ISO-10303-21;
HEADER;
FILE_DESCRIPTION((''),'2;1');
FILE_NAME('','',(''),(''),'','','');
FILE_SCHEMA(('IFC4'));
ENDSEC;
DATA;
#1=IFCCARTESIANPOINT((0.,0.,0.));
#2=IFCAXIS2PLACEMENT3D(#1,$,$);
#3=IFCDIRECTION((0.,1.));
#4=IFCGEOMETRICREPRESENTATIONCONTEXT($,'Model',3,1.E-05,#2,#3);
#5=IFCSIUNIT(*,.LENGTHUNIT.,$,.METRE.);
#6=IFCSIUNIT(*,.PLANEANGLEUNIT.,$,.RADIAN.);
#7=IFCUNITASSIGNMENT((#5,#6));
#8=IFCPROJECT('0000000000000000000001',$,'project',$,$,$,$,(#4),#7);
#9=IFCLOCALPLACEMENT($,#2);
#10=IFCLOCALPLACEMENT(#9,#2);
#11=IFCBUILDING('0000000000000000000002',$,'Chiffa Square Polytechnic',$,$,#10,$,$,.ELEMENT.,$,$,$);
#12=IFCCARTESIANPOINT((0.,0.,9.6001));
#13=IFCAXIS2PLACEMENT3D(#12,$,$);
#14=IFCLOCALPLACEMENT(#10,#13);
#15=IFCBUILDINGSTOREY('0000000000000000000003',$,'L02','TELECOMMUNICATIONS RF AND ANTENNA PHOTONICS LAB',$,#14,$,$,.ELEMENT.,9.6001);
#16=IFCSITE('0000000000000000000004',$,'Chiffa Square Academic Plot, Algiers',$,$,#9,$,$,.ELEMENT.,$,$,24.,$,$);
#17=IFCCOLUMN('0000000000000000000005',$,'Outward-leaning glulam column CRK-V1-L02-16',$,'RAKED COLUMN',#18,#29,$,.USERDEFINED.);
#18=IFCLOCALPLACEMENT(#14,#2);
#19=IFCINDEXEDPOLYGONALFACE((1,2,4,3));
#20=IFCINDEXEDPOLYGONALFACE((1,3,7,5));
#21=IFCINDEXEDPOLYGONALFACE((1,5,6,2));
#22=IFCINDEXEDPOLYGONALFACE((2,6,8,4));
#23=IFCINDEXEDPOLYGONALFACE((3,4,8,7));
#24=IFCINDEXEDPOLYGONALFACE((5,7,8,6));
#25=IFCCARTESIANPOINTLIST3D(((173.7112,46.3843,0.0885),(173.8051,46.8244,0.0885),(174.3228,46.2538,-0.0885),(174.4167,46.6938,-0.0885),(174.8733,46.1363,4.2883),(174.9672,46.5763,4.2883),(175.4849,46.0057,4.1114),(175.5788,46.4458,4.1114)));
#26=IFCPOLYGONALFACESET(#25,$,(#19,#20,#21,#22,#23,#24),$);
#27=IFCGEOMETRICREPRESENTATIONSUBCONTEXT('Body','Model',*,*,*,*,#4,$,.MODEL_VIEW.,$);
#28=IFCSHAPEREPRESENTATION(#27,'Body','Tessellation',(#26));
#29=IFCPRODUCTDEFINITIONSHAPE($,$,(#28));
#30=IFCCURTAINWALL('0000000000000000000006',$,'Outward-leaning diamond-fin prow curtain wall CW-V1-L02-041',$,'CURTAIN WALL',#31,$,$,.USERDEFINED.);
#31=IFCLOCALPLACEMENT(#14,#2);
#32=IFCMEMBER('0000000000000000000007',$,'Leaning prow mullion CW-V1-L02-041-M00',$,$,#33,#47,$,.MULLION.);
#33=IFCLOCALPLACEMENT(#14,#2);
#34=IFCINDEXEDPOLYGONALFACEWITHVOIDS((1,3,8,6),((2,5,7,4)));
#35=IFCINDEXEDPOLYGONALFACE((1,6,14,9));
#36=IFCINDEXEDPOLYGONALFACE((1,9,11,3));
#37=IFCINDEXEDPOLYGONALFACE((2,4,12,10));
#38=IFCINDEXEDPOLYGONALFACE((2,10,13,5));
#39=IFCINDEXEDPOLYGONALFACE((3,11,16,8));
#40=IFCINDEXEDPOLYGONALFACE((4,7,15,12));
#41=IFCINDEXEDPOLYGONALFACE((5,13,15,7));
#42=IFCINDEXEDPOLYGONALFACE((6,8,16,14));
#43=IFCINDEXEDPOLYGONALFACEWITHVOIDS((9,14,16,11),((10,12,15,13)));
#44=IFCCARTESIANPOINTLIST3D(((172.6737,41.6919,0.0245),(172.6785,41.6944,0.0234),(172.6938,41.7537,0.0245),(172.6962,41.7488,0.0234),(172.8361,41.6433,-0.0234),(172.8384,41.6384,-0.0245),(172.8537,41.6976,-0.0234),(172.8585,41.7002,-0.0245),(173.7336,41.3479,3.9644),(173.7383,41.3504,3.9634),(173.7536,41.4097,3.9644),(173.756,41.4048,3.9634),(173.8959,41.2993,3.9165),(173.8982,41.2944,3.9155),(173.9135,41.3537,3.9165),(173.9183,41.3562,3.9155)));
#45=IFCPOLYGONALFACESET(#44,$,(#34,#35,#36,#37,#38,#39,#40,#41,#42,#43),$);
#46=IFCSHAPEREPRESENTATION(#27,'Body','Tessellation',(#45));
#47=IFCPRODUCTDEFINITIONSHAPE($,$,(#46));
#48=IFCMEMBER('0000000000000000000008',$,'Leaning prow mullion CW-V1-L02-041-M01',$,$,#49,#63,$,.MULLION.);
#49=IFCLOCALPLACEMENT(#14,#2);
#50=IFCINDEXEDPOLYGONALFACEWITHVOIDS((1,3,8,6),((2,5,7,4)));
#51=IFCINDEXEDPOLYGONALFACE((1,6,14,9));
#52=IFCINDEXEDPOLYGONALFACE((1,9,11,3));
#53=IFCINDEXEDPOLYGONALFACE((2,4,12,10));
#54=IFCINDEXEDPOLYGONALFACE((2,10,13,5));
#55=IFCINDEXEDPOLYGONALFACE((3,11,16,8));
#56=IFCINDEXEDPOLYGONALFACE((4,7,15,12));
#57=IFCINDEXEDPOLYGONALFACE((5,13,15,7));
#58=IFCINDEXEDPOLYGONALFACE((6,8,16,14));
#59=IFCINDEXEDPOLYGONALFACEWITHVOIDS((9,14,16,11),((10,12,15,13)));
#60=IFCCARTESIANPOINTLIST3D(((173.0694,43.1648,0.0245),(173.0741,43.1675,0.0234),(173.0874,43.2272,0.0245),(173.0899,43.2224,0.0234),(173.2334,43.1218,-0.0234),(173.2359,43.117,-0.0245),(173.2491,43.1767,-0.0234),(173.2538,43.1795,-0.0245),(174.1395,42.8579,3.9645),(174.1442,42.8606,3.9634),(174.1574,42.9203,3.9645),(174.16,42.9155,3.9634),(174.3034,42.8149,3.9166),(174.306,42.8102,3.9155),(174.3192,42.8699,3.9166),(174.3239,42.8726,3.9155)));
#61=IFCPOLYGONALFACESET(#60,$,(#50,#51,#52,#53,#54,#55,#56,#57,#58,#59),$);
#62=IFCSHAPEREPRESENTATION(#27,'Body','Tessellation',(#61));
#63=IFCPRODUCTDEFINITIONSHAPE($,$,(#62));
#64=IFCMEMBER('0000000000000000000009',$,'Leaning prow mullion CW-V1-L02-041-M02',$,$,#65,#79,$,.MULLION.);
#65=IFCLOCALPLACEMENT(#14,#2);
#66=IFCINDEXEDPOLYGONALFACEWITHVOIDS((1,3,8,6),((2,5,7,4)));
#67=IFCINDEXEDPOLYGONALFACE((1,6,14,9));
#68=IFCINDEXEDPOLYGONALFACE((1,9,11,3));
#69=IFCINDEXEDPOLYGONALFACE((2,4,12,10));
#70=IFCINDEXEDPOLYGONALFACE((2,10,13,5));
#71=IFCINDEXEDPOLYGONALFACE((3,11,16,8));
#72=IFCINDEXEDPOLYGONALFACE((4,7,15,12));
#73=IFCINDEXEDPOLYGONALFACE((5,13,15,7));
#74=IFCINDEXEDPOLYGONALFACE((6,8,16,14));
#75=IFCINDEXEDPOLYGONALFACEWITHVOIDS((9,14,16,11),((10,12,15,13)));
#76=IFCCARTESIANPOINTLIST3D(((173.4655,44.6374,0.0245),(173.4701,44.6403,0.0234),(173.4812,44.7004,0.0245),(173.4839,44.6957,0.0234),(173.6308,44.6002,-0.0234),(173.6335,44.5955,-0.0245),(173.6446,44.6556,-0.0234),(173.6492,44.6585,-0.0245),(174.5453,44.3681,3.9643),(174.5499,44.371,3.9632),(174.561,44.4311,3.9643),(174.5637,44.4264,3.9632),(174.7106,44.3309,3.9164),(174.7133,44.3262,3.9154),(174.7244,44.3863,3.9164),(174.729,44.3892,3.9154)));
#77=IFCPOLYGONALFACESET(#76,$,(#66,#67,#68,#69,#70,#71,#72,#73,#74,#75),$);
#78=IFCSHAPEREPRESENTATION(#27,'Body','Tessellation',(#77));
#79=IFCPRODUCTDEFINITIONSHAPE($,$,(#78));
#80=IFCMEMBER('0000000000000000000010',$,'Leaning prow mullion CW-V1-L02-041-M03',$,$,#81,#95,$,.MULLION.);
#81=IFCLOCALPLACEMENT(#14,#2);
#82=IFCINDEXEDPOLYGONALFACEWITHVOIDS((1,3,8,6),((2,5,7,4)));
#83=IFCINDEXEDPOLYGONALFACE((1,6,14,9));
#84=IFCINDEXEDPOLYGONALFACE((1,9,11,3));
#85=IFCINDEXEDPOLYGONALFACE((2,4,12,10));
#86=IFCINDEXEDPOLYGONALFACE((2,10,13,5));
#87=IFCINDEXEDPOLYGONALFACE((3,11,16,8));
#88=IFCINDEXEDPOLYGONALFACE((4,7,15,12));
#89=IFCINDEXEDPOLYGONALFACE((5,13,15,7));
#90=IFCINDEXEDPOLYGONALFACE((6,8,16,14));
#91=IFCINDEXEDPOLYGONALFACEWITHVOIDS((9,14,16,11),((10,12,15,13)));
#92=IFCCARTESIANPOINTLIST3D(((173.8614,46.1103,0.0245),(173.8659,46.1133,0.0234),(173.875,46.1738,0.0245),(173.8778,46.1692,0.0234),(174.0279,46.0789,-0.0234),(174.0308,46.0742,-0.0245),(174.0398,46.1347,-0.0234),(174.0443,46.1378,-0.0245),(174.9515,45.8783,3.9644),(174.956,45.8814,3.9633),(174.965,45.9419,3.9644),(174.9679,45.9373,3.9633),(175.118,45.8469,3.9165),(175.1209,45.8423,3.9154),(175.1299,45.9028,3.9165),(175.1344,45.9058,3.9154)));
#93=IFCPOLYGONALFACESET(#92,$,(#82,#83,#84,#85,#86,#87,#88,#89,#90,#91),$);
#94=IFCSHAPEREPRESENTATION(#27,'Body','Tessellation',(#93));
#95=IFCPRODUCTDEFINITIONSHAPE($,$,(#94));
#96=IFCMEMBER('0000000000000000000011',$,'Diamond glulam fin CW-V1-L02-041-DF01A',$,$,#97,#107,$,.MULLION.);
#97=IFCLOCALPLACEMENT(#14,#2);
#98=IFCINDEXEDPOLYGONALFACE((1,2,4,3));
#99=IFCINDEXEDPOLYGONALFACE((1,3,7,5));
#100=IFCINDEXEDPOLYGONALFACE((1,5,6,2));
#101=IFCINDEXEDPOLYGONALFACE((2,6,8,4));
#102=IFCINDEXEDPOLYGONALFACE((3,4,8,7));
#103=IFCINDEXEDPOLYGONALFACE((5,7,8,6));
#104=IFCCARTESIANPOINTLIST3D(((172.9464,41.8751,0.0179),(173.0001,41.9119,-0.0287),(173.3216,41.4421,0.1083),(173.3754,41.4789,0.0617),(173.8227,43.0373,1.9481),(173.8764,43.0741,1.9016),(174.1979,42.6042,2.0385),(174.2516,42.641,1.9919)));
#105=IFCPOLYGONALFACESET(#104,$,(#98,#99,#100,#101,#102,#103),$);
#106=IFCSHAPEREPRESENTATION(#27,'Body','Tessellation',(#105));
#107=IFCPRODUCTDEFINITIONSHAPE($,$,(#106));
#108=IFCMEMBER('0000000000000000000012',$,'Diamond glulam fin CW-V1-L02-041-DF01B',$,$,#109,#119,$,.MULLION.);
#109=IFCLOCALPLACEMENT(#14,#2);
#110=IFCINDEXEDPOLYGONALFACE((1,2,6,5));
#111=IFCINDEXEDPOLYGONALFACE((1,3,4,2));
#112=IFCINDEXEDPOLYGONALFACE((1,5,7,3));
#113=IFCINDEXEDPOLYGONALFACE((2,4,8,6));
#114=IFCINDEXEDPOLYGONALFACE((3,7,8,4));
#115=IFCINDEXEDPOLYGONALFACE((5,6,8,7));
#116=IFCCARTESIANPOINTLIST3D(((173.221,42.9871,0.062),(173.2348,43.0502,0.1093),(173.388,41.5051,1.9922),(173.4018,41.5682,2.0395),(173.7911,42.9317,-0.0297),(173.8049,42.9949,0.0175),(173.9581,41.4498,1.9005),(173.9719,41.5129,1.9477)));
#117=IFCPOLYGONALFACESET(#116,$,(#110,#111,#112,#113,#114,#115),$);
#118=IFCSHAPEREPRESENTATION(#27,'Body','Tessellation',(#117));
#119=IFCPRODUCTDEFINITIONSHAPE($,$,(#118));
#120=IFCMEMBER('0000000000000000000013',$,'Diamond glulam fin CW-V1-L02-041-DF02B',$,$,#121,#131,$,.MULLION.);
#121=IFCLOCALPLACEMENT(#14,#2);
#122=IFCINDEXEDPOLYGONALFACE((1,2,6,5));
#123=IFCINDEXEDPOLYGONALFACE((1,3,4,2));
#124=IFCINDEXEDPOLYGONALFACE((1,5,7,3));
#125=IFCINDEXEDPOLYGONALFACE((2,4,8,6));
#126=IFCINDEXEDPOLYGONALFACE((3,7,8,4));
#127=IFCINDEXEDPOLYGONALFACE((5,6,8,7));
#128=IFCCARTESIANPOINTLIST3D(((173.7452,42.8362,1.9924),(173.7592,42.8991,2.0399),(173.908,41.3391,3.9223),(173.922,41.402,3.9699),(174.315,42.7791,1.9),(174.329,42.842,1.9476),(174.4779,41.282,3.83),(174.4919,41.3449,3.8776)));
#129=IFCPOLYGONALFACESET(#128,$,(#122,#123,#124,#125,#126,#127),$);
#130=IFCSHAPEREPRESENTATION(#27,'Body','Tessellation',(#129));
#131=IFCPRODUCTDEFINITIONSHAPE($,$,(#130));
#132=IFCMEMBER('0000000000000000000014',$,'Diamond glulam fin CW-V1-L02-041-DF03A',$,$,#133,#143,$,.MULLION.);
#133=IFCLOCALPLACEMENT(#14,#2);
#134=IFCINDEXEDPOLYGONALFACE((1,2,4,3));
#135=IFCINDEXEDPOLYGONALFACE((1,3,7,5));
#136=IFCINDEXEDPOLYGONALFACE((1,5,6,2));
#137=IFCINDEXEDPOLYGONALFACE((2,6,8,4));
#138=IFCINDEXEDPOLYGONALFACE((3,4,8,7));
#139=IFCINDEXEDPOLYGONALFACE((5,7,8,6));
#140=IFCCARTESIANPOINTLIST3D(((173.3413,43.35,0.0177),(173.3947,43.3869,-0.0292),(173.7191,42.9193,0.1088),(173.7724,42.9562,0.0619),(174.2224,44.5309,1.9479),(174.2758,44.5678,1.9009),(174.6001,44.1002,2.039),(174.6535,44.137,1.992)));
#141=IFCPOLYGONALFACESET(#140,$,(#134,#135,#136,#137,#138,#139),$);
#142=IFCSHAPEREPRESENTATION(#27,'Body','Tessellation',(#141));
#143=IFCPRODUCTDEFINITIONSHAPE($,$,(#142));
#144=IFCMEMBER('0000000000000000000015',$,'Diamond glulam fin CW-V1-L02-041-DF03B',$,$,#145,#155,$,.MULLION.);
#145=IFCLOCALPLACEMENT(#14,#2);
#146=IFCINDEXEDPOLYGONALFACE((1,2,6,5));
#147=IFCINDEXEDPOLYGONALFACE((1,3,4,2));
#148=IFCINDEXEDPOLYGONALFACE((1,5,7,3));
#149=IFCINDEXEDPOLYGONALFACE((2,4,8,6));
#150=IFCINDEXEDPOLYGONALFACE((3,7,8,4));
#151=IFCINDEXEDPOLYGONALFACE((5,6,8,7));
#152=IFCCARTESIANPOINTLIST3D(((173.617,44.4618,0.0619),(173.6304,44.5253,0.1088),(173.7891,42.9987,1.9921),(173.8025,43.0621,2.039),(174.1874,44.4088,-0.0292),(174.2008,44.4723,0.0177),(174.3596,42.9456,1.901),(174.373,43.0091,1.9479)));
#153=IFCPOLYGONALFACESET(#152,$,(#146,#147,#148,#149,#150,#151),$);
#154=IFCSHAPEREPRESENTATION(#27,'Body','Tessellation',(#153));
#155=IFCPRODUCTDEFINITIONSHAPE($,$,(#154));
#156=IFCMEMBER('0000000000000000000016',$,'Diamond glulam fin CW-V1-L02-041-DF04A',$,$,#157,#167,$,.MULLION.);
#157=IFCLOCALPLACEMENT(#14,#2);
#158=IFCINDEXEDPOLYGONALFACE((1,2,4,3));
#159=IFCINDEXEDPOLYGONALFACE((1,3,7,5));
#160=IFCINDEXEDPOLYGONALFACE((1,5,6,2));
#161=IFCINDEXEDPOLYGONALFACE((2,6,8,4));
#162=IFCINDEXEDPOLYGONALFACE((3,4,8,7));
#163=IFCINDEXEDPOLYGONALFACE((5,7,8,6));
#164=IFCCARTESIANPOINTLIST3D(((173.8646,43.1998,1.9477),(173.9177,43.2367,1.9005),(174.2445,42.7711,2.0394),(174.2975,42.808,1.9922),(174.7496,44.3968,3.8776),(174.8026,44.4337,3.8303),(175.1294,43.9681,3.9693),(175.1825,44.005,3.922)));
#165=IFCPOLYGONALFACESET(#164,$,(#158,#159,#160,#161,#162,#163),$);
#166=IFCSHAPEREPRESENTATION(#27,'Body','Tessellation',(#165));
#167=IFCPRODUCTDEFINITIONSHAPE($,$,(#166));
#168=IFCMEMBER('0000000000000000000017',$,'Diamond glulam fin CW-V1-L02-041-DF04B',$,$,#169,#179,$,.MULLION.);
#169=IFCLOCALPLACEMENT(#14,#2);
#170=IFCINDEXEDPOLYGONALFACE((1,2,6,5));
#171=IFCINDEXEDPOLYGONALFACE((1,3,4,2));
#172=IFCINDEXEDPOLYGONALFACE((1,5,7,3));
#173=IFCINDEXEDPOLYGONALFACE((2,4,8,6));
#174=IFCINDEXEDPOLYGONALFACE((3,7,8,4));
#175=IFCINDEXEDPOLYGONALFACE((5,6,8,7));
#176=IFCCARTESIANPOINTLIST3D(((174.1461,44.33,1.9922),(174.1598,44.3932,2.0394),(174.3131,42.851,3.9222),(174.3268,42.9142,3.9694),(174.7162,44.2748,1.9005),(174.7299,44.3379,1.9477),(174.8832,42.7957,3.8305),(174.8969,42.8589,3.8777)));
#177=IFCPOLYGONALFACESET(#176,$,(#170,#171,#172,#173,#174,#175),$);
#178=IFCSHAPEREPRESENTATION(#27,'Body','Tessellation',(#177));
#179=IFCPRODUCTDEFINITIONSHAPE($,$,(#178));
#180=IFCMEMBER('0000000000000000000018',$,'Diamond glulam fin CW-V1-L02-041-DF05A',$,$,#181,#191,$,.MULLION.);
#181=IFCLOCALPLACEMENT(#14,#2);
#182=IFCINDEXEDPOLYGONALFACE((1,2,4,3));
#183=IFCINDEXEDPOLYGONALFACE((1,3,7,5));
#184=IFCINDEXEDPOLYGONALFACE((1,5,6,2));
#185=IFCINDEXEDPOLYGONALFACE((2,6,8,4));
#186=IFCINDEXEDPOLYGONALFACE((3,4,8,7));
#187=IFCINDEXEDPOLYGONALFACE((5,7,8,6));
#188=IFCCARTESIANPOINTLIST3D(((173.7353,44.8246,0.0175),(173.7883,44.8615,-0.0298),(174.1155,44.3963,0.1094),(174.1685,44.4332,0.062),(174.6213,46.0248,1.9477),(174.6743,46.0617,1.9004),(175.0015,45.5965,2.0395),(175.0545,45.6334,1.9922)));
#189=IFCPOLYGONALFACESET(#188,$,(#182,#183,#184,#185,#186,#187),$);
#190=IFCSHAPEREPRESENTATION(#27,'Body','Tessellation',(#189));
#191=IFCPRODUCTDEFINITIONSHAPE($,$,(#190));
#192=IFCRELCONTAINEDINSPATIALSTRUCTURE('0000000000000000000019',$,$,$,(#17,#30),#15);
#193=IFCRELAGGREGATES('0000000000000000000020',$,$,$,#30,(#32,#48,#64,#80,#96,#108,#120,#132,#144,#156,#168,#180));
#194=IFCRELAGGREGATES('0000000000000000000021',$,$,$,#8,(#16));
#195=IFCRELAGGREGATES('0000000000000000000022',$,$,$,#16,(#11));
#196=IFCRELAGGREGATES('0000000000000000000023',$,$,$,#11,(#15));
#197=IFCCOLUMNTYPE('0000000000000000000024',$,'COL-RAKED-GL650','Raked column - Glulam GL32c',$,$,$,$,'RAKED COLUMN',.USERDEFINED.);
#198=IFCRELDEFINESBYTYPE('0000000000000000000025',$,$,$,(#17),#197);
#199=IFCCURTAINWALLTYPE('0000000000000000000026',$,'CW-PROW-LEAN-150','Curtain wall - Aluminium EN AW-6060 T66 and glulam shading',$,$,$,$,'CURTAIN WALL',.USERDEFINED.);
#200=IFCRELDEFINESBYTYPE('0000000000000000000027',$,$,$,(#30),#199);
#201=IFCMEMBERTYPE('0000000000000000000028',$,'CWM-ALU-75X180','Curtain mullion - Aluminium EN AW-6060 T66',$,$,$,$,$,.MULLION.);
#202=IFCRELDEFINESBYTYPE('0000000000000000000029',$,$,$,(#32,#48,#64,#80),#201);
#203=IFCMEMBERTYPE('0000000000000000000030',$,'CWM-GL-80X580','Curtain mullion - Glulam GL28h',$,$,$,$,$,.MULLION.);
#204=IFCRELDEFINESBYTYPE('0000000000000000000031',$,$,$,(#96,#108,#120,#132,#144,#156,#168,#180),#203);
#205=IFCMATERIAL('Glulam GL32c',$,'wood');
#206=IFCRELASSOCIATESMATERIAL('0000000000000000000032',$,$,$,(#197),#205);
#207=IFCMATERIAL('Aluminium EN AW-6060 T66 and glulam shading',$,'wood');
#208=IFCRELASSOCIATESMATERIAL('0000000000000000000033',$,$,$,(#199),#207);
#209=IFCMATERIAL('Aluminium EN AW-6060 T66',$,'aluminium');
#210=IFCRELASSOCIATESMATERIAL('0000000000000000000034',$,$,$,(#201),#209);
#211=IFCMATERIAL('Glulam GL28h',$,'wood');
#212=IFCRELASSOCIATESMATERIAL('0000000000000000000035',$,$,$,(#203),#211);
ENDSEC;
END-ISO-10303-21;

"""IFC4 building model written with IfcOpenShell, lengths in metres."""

from ifc_helpers import new_model, si_unit, direction, frame, origin, origin_2d, place, context, subcontext, project, spatial, rectangle, hollow_rectangle, extrude, material, material_profile, profile_set, type_object, element, aggregate, save


model = new_model("IFC4")

# Units and contexts
model_context = context("Model", 3, precision=1e-05, world=origin(), true_north=direction((0.0, 1.0)))
body_context = subcontext(model_context, "Body", "Model", "MODEL_VIEW")
ifc_project = project(units=[si_unit("LENGTHUNIT", "METRE"), si_unit("PLANEANGLEUNIT", "RADIAN")], contexts=[model_context])

# Site, building, storey
site_placement = place(None, origin())
site = spatial("IfcSite", under=ifc_project, at=site_placement, Name="Chiffa Square Academic Plot, Algiers", CompositionType="ELEMENT", RefElevation=24.0)
building_placement = place(site_placement, origin())
building = spatial("IfcBuilding", under=site, at=building_placement, Name="Chiffa Square Polytechnic", CompositionType="ELEMENT")
storey_placement = place(building_placement, frame((0.0, 0.0, 9.6001)))
storey = spatial("IfcBuildingStorey", under=building, at=storey_placement, Name="L02", Description="TELECOMMUNICATIONS RF AND ANTENNA PHOTONICS LAB", CompositionType="ELEMENT", Elevation=9.6001)

# Column
ifc_material_1 = material(Name="Glulam GL32c", Category="wood")
ifc_material_profile_1 = material_profile(ifc_material_1, rectangle(XDim=0.45, YDim=0.6499, at=origin_2d()), Name="GL32c 450x650")
ifc_profile_set_1 = profile_set([ifc_material_profile_1], Name="Glulam GL32c")
column_type = type_object("IfcColumnType", Name="COL-RAKED-GL650", Description="Raked column - Glulam GL32c", ElementType="RAKED COLUMN", PredefinedType="USERDEFINED", material=ifc_profile_set_1)
column_placement = place(storey_placement, frame((174.064, 46.5391, 0.0), z_axis=(0.266245, -0.056829, 0.962229), x_axis=(0.208743, 0.97797, 0.0)))
element("IfcColumn", 1, at=column_placement, inside=storey, type_object=column_type, Name="Outward-leaning glulam column CRK-V1-L02-16", ObjectType="RAKED COLUMN", PredefinedType="USERDEFINED", context=body_context, shape_type="SweptSolid", body=[
    extrude(rectangle(XDim=0.45, YDim=0.6499, at=origin_2d()), origin(), (0.0, 0.0, 1.0), 4.3647),
])

# Curtain wall, members
ifc_material_2 = material(Name="Aluminium EN AW-6060 T66 and glulam shading", Category="wood")
curtain_wall_type_1 = type_object("IfcCurtainWallType", Name="CW-PROW-LEAN-150", Description="Curtain wall - Aluminium EN AW-6060 T66 and glulam shading", ElementType="CURTAIN WALL", PredefinedType="USERDEFINED", material=ifc_material_2)
curtain_wall_1_placement = place(storey_placement, origin())
curtain_wall_1 = element("IfcCurtainWall", 2, at=curtain_wall_1_placement, inside=storey, type_object=curtain_wall_type_1, Name="Outward-leaning diamond-fin prow curtain wall CW-V1-L02-041", ObjectType="CURTAIN WALL", PredefinedType="USERDEFINED")
ifc_material_3 = material(Name="Aluminium EN AW-6060 T66", Category="aluminium")
ifc_material_profile_2 = material_profile(ifc_material_3, hollow_rectangle(XDim=0.0649, YDim=0.1799, WallThickness=0.0039, at=origin_2d()), Name="ALU 65x180x4")
ifc_profile_set_2 = profile_set([ifc_material_profile_2], Name="Aluminium EN AW-6060 T66")
member_type_1 = type_object("IfcMemberType", Name="CWM-ALU-75X180", Description="Curtain mullion - Aluminium EN AW-6060 T66", PredefinedType="MULLION", material=ifc_profile_set_2)
member_1_placement = place(storey_placement, frame((172.7661, 41.696, 0.0), z_axis=(0.258841, -0.084014, 0.962259), x_axis=(0.308724, 0.951152, 0.0)))
member_1 = element("IfcMember", 3, at=member_1_placement, type_object=member_type_1, Name="Leaning prow mullion CW-V1-L02-041-M00", PredefinedType="MULLION", context=body_context, shape_type="SweptSolid", body=[
    extrude(hollow_rectangle(XDim=0.0649, YDim=0.1799, WallThickness=0.0039, at=origin_2d()), origin(), (0.0, 0.0, 1.0), 4.0945),
])
member_2_placement = place(storey_placement, frame((173.1616, 43.1721, 0.0), z_axis=(0.261363, -0.074956, 0.962326), x_axis=(0.275677, 0.96125, 0.0)))
member_2 = element("IfcMember", 4, at=member_2_placement, type_object=member_type_1, Name="Leaning prow mullion CW-V1-L02-041-M01", PredefinedType="MULLION", context=body_context, shape_type="SweptSolid", body=[
    extrude(hollow_rectangle(XDim=0.0649, YDim=0.1799, WallThickness=0.0039, at=origin_2d()), origin(), (0.0, 0.0, 1.0), 4.0942),
])
member_3_placement = place(storey_placement, frame((173.5574, 44.6479, 0.0), z_axis=(0.263753, -0.065774, 0.962345), x_axis=(0.241968, 0.970284, 0.0)))
member_3 = element("IfcMember", 5, at=member_3_placement, type_object=member_type_1, Name="Leaning prow mullion CW-V1-L02-041-M02", PredefinedType="MULLION", context=body_context, shape_type="SweptSolid", body=[
    extrude(hollow_rectangle(XDim=0.0649, YDim=0.1799, WallThickness=0.0039, at=origin_2d()), origin(), (0.0, 0.0, 1.0), 4.094),
])
member_4_placement = place(storey_placement, frame((173.9529, 46.124, 0.0), z_axis=(0.26623, -0.056645, 0.962244), x_axis=(0.208108, 0.978106, 0.0)))
member_4 = element("IfcMember", 6, at=member_4_placement, type_object=member_type_1, Name="Leaning prow mullion CW-V1-L02-041-M03", PredefinedType="MULLION", context=body_context, shape_type="SweptSolid", body=[
    extrude(hollow_rectangle(XDim=0.0649, YDim=0.1799, WallThickness=0.0039, at=origin_2d()), origin(), (0.0, 0.0, 1.0), 4.0945),
])
ifc_material_4 = material(Name="Glulam GL28h", Category="wood")
ifc_material_profile_3 = material_profile(ifc_material_4, rectangle(XDim=0.0801, YDim=0.5801, at=origin_2d()), Name="GL28h 80x580")
ifc_profile_set_3 = profile_set([ifc_material_profile_3], Name="Glulam GL28h")
member_type_2 = type_object("IfcMemberType", Name="CWM-GL-80X580", Description="Curtain mullion - Glulam GL28h", PredefinedType="MULLION", material=ifc_profile_set_3)
member_5_placement = place(storey_placement, frame((173.1609, 41.677, 0.0398), z_axis=(0.362464, 0.480726, 0.79845), x_axis=(-0.670976, -0.459994, 0.581546)))
member_5 = element("IfcMember", 7, at=member_5_placement, type_object=member_type_2, Name="Diamond glulam fin CW-V1-L02-041-DF01A", PredefinedType="MULLION", context=body_context, shape_type="SweptSolid", body=[
    extrude(rectangle(XDim=0.0801, YDim=0.5801, at=origin_2d()), origin(), (0.0, 0.0, 1.0), 2.4175),
])
member_6_placement = place(storey_placement, frame((173.5129, 42.991, 0.0398), z_axis=(0.068462, -0.607554, 0.791322), x_axis=(0.171601, 0.788533, 0.590567)))
member_6 = element("IfcMember", 8, at=member_6_placement, type_object=member_type_2, Name="Diamond glulam fin CW-V1-L02-041-DF01B", PredefinedType="MULLION", context=body_context, shape_type="SweptSolid", body=[
    extrude(rectangle(XDim=0.0801, YDim=0.5801, at=origin_2d()), origin(), (0.0, 0.0, 1.0), 2.4392),
])
member_7_placement = place(storey_placement, frame((174.0371, 42.8391, 1.97), z_axis=(0.066522, -0.611565, 0.788393), x_axis=(0.174953, 0.785051, 0.594211)))
member_7 = element("IfcMember", 9, at=member_7_placement, type_object=member_type_2, Name="Diamond glulam fin CW-V1-L02-041-DF02B", PredefinedType="MULLION", context=body_context, shape_type="SweptSolid", body=[
    extrude(rectangle(XDim=0.0801, YDim=0.5801, at=origin_2d()), origin(), (0.0, 0.0, 1.0), 2.448),
])
member_8_placement = place(storey_placement, frame((173.5569, 43.1531, 0.0398), z_axis=(0.362853, 0.486318, 0.794879), x_axis=(-0.666589, -0.460602, 0.586093)))
member_8 = element("IfcMember", 10, at=member_8_placement, type_object=member_type_2, Name="Diamond glulam fin CW-V1-L02-041-DF03A", PredefinedType="MULLION", context=body_context, shape_type="SweptSolid", body=[
    extrude(rectangle(XDim=0.0801, YDim=0.5801, at=origin_2d()), origin(), (0.0, 0.0, 1.0), 2.4282),
])
member_9_placement = place(storey_placement, frame((173.9089, 44.467, 0.0398), z_axis=(0.070885, -0.602569, 0.794913), x_axis=(0.16734, 0.792807, 0.58605)))
member_9 = element("IfcMember", 11, at=member_9_placement, type_object=member_type_2, Name="Diamond glulam fin CW-V1-L02-041-DF03B", PredefinedType="MULLION", context=body_context, shape_type="SweptSolid", body=[
    extrude(rectangle(XDim=0.0801, YDim=0.5801, at=origin_2d()), origin(), (0.0, 0.0, 1.0), 2.4282),
])
member_10_placement = place(storey_placement, frame((174.0811, 43.0039, 1.97), z_axis=(0.363101, 0.491113, 0.791811), x_axis=(-0.662808, -0.461128, 0.589954)))
member_10 = element("IfcMember", 12, at=member_10_placement, type_object=member_type_2, Name="Diamond glulam fin CW-V1-L02-041-DF04A", PredefinedType="MULLION", context=body_context, shape_type="SweptSolid", body=[
    extrude(rectangle(XDim=0.0801, YDim=0.5801, at=origin_2d()), origin(), (0.0, 0.0, 1.0), 2.4373),
])
member_11_placement = place(storey_placement, frame((174.438, 44.334, 1.97), z_axis=(0.068518, -0.606844, 0.791862), x_axis=(0.171369, 0.789089, 0.589891)))
member_11 = element("IfcMember", 13, at=member_11_placement, type_object=member_type_2, Name="Diamond glulam fin CW-V1-L02-041-DF04B", PredefinedType="MULLION", context=body_context, shape_type="SweptSolid", body=[
    extrude(rectangle(XDim=0.0801, YDim=0.5801, at=origin_2d()), origin(), (0.0, 0.0, 1.0), 2.4373),
])
member_12_placement = place(storey_placement, frame((173.9519, 44.6289, 0.0398), z_axis=(0.363188, 0.49199, 0.791227), x_axis=(-0.662132, -0.461163, 0.590685)))
member_12 = element("IfcMember", 14, at=member_12_placement, type_object=member_type_2, Name="Diamond glulam fin CW-V1-L02-041-DF05A", PredefinedType="MULLION", context=body_context, shape_type="SweptSolid", body=[
    extrude(rectangle(XDim=0.0801, YDim=0.5801, at=origin_2d()), origin(), (0.0, 0.0, 1.0), 2.4395),
])

aggregate(curtain_wall_1, [member_1, member_2, member_3, member_4, member_5, member_6, member_7, member_8, member_9, member_10, member_11, member_12])

save(model, "model.ifc")
